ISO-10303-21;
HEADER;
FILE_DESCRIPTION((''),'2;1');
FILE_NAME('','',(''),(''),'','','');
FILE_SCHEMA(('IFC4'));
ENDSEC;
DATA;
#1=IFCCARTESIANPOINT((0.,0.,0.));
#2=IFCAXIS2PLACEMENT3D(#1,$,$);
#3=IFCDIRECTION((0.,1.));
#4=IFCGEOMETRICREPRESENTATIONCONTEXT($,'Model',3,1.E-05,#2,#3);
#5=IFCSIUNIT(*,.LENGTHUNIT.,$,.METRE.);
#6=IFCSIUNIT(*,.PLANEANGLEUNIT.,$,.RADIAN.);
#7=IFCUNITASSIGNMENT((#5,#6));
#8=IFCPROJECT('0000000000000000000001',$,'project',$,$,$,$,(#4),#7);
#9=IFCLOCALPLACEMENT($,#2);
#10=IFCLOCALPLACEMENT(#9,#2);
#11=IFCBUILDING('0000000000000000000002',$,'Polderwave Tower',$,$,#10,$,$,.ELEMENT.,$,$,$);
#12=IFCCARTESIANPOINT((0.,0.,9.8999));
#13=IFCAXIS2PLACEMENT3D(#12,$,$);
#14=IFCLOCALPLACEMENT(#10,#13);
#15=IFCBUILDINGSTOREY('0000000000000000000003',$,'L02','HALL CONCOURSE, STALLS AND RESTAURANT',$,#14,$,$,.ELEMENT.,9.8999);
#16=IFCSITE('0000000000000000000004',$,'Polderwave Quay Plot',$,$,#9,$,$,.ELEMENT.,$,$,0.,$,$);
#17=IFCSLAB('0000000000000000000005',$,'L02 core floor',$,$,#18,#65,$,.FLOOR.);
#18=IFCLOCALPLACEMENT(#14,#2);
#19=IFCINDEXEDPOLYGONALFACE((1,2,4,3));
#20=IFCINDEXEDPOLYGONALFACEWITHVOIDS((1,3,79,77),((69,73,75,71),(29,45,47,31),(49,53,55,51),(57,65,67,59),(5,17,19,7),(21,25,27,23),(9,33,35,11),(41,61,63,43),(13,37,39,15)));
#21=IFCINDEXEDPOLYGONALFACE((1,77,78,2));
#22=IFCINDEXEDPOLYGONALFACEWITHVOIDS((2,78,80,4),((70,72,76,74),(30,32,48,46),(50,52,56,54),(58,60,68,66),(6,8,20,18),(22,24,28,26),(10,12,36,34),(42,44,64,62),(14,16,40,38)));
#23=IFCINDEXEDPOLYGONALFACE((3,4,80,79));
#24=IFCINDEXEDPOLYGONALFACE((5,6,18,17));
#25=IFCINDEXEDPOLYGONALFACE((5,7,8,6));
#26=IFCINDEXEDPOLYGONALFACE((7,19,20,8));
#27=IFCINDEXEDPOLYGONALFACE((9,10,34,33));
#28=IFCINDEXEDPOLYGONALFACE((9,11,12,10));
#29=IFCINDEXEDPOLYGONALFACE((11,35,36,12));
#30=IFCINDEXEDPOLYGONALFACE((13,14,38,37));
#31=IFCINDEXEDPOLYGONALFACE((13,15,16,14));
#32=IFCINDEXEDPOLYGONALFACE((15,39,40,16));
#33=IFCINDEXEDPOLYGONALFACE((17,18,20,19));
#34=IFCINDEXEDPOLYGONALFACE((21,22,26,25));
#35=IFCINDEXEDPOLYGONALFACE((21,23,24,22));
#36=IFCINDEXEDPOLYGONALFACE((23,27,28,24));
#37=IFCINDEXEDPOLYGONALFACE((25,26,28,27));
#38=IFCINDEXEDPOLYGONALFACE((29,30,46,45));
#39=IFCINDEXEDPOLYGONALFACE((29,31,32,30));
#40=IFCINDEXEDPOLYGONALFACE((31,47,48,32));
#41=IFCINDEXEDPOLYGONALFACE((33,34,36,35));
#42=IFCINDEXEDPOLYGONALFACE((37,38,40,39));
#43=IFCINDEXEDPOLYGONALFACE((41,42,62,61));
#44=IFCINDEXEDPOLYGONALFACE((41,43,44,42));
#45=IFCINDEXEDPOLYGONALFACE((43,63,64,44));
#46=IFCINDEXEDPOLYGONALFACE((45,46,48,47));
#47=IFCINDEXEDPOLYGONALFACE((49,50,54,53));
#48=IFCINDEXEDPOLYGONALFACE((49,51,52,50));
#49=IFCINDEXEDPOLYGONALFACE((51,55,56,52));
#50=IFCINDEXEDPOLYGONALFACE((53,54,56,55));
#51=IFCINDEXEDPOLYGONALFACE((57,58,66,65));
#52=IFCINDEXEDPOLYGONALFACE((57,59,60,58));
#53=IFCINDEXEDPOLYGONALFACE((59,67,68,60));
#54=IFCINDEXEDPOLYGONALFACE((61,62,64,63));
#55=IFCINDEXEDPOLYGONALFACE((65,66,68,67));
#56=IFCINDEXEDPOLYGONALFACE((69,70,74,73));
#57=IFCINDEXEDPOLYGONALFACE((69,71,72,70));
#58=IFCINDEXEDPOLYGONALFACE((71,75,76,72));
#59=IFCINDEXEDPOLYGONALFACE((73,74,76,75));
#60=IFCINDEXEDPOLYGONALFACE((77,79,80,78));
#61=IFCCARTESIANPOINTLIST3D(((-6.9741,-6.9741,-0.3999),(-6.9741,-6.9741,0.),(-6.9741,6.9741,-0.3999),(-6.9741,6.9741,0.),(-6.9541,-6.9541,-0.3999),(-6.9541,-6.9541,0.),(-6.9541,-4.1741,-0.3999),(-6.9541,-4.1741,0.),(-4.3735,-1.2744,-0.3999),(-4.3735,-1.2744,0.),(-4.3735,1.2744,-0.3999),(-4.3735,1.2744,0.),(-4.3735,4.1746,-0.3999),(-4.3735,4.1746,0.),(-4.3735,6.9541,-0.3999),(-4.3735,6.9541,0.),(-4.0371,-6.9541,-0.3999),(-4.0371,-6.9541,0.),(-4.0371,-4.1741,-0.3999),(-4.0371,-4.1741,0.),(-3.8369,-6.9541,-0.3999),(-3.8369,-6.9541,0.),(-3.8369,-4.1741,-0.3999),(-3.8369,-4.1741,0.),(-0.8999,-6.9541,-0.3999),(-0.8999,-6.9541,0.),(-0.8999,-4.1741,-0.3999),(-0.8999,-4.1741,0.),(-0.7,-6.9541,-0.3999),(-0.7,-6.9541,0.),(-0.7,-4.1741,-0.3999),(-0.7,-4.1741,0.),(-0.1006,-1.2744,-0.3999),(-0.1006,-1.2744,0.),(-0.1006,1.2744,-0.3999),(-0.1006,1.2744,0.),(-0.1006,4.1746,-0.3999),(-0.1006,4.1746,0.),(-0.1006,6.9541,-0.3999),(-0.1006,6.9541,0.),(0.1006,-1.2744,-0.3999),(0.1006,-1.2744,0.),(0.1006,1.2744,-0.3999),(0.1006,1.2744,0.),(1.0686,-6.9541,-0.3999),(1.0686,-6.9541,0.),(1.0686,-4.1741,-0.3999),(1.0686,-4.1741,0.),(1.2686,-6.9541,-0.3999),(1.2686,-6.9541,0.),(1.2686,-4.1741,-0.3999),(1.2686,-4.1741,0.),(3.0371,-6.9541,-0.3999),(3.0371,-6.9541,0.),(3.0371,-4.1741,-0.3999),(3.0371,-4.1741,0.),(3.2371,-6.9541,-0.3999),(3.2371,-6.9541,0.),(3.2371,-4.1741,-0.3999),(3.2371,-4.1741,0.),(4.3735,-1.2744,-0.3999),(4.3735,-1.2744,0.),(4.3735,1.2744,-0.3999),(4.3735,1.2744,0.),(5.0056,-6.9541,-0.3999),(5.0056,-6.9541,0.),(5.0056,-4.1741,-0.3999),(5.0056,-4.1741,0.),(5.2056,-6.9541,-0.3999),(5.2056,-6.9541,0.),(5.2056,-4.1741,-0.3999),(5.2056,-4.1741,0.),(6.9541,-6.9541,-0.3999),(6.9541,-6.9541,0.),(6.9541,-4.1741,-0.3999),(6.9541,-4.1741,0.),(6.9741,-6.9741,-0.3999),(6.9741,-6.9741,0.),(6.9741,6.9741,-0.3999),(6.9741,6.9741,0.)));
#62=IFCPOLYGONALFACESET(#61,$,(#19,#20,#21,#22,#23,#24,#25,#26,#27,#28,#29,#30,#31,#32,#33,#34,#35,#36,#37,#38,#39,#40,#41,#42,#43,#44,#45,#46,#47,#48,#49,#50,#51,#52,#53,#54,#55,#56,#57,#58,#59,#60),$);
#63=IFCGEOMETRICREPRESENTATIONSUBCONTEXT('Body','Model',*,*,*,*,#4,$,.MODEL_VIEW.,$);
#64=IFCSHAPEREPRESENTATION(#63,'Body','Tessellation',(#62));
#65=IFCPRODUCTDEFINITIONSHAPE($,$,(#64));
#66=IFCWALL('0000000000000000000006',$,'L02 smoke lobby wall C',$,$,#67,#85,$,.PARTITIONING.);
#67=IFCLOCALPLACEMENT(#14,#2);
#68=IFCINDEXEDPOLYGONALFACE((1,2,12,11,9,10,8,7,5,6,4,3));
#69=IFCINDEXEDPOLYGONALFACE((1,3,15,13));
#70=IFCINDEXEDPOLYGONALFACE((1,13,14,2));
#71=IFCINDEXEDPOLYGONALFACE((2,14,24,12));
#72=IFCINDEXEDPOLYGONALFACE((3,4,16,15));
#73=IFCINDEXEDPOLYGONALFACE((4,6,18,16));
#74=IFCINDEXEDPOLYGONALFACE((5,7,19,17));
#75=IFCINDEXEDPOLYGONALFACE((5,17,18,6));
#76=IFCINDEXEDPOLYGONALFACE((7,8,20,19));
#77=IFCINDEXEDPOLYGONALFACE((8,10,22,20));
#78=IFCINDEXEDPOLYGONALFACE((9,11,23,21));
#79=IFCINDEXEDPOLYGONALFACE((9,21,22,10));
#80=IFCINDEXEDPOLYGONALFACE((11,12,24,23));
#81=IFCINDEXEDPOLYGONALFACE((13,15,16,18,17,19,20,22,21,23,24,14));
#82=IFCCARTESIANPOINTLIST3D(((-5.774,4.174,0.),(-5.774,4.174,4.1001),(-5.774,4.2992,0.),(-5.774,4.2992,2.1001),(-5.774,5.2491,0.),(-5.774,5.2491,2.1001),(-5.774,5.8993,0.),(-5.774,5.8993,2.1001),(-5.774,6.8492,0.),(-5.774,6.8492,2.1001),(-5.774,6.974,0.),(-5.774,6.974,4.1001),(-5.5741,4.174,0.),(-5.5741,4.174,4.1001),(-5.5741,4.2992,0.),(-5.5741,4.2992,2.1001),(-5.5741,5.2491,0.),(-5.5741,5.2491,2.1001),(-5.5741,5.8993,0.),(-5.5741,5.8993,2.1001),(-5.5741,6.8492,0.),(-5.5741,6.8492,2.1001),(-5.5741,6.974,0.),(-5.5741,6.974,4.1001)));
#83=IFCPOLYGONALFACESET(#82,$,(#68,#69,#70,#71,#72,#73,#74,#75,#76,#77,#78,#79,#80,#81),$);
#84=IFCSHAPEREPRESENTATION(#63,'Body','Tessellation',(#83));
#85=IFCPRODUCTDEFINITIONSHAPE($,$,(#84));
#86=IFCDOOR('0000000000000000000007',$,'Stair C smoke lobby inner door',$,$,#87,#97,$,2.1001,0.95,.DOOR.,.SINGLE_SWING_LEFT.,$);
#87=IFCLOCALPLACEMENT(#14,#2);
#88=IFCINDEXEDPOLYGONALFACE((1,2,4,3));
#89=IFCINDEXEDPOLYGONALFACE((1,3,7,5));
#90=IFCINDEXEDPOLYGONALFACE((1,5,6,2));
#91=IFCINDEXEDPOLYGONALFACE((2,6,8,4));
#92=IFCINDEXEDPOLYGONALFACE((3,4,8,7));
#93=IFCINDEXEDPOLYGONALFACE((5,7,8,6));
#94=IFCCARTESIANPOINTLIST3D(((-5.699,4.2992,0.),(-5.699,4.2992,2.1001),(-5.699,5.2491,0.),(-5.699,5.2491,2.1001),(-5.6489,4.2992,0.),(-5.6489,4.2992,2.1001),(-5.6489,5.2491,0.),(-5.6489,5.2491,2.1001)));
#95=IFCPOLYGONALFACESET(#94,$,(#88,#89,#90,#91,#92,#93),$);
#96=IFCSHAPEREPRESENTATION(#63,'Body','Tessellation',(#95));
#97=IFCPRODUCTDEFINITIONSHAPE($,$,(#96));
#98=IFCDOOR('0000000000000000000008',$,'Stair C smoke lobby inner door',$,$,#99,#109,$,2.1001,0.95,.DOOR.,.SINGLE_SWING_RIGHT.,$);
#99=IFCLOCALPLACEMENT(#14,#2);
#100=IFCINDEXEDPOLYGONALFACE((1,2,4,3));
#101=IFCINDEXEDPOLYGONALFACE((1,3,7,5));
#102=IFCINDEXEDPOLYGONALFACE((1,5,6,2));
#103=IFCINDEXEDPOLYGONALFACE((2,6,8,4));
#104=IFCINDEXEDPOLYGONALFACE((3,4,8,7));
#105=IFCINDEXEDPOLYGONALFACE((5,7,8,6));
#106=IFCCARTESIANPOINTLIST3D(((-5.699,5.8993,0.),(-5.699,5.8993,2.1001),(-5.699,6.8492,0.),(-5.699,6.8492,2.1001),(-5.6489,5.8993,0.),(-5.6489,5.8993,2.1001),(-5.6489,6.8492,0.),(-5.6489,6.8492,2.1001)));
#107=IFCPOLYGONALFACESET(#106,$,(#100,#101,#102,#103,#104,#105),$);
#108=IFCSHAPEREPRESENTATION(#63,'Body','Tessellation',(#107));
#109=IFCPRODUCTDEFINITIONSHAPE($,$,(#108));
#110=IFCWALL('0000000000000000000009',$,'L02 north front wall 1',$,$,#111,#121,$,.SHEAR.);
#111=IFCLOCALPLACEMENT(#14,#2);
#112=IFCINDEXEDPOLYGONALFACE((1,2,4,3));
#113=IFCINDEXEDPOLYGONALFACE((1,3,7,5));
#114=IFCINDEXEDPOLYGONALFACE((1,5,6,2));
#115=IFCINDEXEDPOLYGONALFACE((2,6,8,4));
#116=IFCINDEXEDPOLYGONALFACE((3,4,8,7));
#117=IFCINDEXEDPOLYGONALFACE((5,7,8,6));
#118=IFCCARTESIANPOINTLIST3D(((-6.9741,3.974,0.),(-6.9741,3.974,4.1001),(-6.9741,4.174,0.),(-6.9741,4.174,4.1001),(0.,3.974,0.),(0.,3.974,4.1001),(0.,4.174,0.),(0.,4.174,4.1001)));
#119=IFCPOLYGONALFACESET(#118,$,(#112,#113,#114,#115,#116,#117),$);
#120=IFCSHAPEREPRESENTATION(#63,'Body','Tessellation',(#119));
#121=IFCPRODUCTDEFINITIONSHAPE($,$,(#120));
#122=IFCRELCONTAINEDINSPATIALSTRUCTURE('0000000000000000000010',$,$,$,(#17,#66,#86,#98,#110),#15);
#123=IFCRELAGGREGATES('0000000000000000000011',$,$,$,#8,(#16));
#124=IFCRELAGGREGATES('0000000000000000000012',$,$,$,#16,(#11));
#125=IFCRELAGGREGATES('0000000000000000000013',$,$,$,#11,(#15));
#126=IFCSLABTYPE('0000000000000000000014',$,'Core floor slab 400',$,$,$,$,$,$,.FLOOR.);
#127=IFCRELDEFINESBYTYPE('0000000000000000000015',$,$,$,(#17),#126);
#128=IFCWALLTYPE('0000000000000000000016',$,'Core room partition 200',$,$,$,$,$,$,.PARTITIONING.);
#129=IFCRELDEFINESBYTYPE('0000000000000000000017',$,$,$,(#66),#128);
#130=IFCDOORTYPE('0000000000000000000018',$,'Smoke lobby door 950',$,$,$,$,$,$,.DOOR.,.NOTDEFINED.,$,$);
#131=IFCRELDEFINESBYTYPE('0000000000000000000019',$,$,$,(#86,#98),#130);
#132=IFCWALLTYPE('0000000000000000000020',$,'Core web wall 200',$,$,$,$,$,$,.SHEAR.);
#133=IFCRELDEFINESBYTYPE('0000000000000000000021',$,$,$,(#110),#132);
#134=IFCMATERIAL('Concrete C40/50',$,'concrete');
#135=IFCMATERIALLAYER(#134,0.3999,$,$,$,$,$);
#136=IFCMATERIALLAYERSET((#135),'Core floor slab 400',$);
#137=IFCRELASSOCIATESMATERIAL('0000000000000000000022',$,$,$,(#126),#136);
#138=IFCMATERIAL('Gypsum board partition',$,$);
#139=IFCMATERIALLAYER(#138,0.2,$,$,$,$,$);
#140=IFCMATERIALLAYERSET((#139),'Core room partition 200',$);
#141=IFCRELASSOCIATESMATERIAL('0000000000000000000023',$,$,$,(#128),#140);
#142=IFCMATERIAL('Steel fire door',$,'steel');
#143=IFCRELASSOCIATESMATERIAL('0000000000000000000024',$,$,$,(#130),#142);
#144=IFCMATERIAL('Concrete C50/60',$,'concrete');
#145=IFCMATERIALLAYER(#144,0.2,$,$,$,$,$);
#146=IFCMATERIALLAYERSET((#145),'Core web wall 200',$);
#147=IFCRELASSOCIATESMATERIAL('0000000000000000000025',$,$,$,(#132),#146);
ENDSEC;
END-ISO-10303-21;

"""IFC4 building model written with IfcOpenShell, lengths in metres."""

from ifc_helpers import new_model, si_unit, direction, frame, frame_2d, origin, place, context, subcontext, project, spatial, polyline, rectangle, outline, extrude, material, layer, layer_set, type_object, element, fill, save


model = new_model("IFC4")

# Units and contexts
model_context = context("Model", 3, precision=1e-05, world=origin(), true_north=direction((0.0, 1.0)))
body_context = subcontext(model_context, "Body", "Model", "MODEL_VIEW")
ifc_project = project(units=[si_unit("LENGTHUNIT", "METRE"), si_unit("PLANEANGLEUNIT", "RADIAN")], contexts=[model_context])

# Site, building, storey
site_placement = place(None, origin())
site = spatial("IfcSite", under=ifc_project, at=site_placement, Name="Polderwave Quay Plot", CompositionType="ELEMENT", RefElevation=0.0)
building_placement = place(site_placement, origin())
building = spatial("IfcBuilding", under=site, at=building_placement, Name="Polderwave Tower", CompositionType="ELEMENT")
storey_placement = place(building_placement, frame((0.0, 0.0, 9.8999)))
storey = spatial("IfcBuildingStorey", under=building, at=storey_placement, Name="L02", Description="HALL CONCOURSE, STALLS AND RESTAURANT", CompositionType="ELEMENT", Elevation=9.8999)

# Slab
ifc_material_1 = material(Name="Concrete C40/50", Category="concrete")
ifc_layer_1 = layer(ifc_material_1, 0.3999)
ifc_layer_set_1 = layer_set([ifc_layer_1], Name="Core floor slab 400")
slab_type = type_object("IfcSlabType", Name="Core floor slab 400", PredefinedType="FLOOR", material=ifc_layer_set_1)
slab_placement = place(storey_placement, frame((0.0, 0.0, -0.3999)))
element("IfcSlab", 1, at=slab_placement, inside=storey, type_object=slab_type, Name="L02 core floor", PredefinedType="FLOOR", context=body_context, shape_type="SweptSolid", body=[
    extrude(outline(polyline([(-6.9741, -6.9741), (6.9741, -6.9741), (6.9741, 6.9741), (-6.9741, 6.9741), (-6.9741, -6.9741)]), holes=[polyline([(-6.9541, -6.9541), (-4.0371, -6.9541), (-4.0371, -4.1741), (-6.9541, -4.1741), (-6.9541, -6.9541)]), polyline([(-3.8369, -6.9541), (-0.8999, -6.9541), (-0.8999, -4.1741), (-3.8369, -4.1741), (-3.8369, -6.9541)]), polyline([(-0.7, -6.9541), (1.0686, -6.9541), (1.0686, -4.1741), (-0.7, -4.1741), (-0.7, -6.9541)]), polyline([(1.2686, -6.9541), (3.0371, -6.9541), (3.0371, -4.1741), (1.2686, -4.1741), (1.2686, -6.9541)]), polyline([(3.2371, -6.9541), (5.0056, -6.9541), (5.0056, -4.1741), (3.2371, -4.1741), (3.2371, -6.9541)]), polyline([(5.2056, -6.9541), (6.9541, -6.9541), (6.9541, -4.1741), (5.2056, -4.1741), (5.2056, -6.9541)]), polyline([(-4.3735, -1.2744), (-0.1006, -1.2744), (-0.1006, 1.2744), (-4.3735, 1.2744), (-4.3735, -1.2744)]), polyline([(0.1006, -1.2744), (4.3735, -1.2744), (4.3735, 1.2744), (0.1006, 1.2744), (0.1006, -1.2744)]), polyline([(-4.3735, 4.1746), (-0.1006, 4.1746), (-0.1006, 6.9541), (-4.3735, 6.9541), (-4.3735, 4.1746)])]), origin(), (0.0, 0.0, 1.0), 0.3999),
])

# Wall, openings, doors
ifc_material_2 = material(Name="Gypsum board partition")
ifc_layer_2 = layer(ifc_material_2, 0.2)
ifc_layer_set_2 = layer_set([ifc_layer_2], Name="Core room partition 200")
wall_type_1 = type_object("IfcWallType", Name="Core room partition 200", PredefinedType="PARTITIONING", material=ifc_layer_set_2)
wall_1_placement = place(storey_placement, frame((-5.6741, 4.1741, 0.0), z_axis=(0.0, 0.0, 1.0), x_axis=(0.0, 1.0, 0.0)))
wall_1 = element("IfcWall", 2, at=wall_1_placement, inside=storey, type_object=wall_type_1, Name="L02 smoke lobby wall C", PredefinedType="PARTITIONING", context=body_context, shape_type="SweptSolid", body=[
    extrude(rectangle(XDim=2.8, YDim=0.2, at=frame_2d((1.3999, 0.0))), origin(), (0.0, 0.0, 1.0), 4.1001),
])
opening_1_placement = place(wall_1_placement, frame((0.125, 0.0, 0.0)))
opening_1 = element("IfcOpeningElement", 3, at=opening_1_placement, cuts=wall_1, PredefinedType="OPENING", context=body_context, shape_type="SweptSolid", body=[
    extrude(rectangle(XDim=0.95, YDim=2.1001, at=frame_2d((0.4751, 1.05))), frame((0.0, 0.1099, 0.0), z_axis=(0.0, -1.0, 0.0), x_axis=(1.0, 0.0, 0.0)), (0.0, 0.0, 1.0), 0.22),
])
opening_2_placement = place(wall_1_placement, frame((1.7251, 0.0, 0.0)))
opening_2 = element("IfcOpeningElement", 4, at=opening_2_placement, cuts=wall_1, PredefinedType="OPENING", context=body_context, shape_type="SweptSolid", body=[
    extrude(rectangle(XDim=0.95, YDim=2.1001, at=frame_2d((0.4751, 1.05))), frame((0.0, 0.1099, 0.0), z_axis=(0.0, -1.0, 0.0), x_axis=(1.0, 0.0, 0.0)), (0.0, 0.0, 1.0), 0.22),
])
ifc_material_3 = material(Name="Steel fire door", Category="steel")
door_type_1 = type_object("IfcDoorType", Name="Smoke lobby door 950", OperationType="NOTDEFINED", PredefinedType="DOOR", material=ifc_material_3)
door_1_placement = place(opening_1_placement, origin())
door_1 = element("IfcDoor", 5, at=door_1_placement, inside=storey, type_object=door_type_1, Name="Stair C smoke lobby inner door", OperationType="SINGLE_SWING_LEFT", OverallHeight=2.1001, OverallWidth=0.95, PredefinedType="DOOR", context=body_context, shape_type="SweptSolid", body=[
    extrude(rectangle(XDim=0.95, YDim=2.1001, at=frame_2d((0.4751, 1.05))), frame((0.0, 0.0249, 0.0), z_axis=(0.0, -1.0, 0.0), x_axis=(1.0, 0.0, 0.0)), (0.0, 0.0, 1.0), 0.05),
])
fill(opening_1, door_1)
door_2_placement = place(opening_2_placement, origin())
door_2 = element("IfcDoor", 6, at=door_2_placement, inside=storey, type_object=door_type_1, Name="Stair C smoke lobby inner door", OperationType="SINGLE_SWING_RIGHT", OverallHeight=2.1001, OverallWidth=0.95, PredefinedType="DOOR", context=body_context, shape_type="SweptSolid", body=[
    extrude(rectangle(XDim=0.95, YDim=2.1001, at=frame_2d((0.4751, 1.05))), frame((0.0, 0.0249, 0.0), z_axis=(0.0, -1.0, 0.0), x_axis=(1.0, 0.0, 0.0)), (0.0, 0.0, 1.0), 0.05),
])
fill(opening_2, door_2)

# Wall
ifc_material_4 = material(Name="Concrete C50/60", Category="concrete")
ifc_layer_3 = layer(ifc_material_4, 0.2)
ifc_layer_set_3 = layer_set([ifc_layer_3], Name="Core web wall 200")
wall_type_2 = type_object("IfcWallType", Name="Core web wall 200", PredefinedType="SHEAR", material=ifc_layer_set_3)
wall_2_placement = place(storey_placement, frame((-6.9741, 4.074, 0.0), z_axis=(0.0, 0.0, 1.0), x_axis=(1.0, 0.0, 0.0)))
element("IfcWall", 7, at=wall_2_placement, inside=storey, type_object=wall_type_2, Name="L02 north front wall 1", PredefinedType="SHEAR", context=body_context, shape_type="SweptSolid", body=[
    extrude(rectangle(XDim=6.9741, YDim=0.2, at=frame_2d((3.4871, 0.0))), origin(), (0.0, 0.0, 1.0), 4.1001),
])

save(model, "model.ifc")
